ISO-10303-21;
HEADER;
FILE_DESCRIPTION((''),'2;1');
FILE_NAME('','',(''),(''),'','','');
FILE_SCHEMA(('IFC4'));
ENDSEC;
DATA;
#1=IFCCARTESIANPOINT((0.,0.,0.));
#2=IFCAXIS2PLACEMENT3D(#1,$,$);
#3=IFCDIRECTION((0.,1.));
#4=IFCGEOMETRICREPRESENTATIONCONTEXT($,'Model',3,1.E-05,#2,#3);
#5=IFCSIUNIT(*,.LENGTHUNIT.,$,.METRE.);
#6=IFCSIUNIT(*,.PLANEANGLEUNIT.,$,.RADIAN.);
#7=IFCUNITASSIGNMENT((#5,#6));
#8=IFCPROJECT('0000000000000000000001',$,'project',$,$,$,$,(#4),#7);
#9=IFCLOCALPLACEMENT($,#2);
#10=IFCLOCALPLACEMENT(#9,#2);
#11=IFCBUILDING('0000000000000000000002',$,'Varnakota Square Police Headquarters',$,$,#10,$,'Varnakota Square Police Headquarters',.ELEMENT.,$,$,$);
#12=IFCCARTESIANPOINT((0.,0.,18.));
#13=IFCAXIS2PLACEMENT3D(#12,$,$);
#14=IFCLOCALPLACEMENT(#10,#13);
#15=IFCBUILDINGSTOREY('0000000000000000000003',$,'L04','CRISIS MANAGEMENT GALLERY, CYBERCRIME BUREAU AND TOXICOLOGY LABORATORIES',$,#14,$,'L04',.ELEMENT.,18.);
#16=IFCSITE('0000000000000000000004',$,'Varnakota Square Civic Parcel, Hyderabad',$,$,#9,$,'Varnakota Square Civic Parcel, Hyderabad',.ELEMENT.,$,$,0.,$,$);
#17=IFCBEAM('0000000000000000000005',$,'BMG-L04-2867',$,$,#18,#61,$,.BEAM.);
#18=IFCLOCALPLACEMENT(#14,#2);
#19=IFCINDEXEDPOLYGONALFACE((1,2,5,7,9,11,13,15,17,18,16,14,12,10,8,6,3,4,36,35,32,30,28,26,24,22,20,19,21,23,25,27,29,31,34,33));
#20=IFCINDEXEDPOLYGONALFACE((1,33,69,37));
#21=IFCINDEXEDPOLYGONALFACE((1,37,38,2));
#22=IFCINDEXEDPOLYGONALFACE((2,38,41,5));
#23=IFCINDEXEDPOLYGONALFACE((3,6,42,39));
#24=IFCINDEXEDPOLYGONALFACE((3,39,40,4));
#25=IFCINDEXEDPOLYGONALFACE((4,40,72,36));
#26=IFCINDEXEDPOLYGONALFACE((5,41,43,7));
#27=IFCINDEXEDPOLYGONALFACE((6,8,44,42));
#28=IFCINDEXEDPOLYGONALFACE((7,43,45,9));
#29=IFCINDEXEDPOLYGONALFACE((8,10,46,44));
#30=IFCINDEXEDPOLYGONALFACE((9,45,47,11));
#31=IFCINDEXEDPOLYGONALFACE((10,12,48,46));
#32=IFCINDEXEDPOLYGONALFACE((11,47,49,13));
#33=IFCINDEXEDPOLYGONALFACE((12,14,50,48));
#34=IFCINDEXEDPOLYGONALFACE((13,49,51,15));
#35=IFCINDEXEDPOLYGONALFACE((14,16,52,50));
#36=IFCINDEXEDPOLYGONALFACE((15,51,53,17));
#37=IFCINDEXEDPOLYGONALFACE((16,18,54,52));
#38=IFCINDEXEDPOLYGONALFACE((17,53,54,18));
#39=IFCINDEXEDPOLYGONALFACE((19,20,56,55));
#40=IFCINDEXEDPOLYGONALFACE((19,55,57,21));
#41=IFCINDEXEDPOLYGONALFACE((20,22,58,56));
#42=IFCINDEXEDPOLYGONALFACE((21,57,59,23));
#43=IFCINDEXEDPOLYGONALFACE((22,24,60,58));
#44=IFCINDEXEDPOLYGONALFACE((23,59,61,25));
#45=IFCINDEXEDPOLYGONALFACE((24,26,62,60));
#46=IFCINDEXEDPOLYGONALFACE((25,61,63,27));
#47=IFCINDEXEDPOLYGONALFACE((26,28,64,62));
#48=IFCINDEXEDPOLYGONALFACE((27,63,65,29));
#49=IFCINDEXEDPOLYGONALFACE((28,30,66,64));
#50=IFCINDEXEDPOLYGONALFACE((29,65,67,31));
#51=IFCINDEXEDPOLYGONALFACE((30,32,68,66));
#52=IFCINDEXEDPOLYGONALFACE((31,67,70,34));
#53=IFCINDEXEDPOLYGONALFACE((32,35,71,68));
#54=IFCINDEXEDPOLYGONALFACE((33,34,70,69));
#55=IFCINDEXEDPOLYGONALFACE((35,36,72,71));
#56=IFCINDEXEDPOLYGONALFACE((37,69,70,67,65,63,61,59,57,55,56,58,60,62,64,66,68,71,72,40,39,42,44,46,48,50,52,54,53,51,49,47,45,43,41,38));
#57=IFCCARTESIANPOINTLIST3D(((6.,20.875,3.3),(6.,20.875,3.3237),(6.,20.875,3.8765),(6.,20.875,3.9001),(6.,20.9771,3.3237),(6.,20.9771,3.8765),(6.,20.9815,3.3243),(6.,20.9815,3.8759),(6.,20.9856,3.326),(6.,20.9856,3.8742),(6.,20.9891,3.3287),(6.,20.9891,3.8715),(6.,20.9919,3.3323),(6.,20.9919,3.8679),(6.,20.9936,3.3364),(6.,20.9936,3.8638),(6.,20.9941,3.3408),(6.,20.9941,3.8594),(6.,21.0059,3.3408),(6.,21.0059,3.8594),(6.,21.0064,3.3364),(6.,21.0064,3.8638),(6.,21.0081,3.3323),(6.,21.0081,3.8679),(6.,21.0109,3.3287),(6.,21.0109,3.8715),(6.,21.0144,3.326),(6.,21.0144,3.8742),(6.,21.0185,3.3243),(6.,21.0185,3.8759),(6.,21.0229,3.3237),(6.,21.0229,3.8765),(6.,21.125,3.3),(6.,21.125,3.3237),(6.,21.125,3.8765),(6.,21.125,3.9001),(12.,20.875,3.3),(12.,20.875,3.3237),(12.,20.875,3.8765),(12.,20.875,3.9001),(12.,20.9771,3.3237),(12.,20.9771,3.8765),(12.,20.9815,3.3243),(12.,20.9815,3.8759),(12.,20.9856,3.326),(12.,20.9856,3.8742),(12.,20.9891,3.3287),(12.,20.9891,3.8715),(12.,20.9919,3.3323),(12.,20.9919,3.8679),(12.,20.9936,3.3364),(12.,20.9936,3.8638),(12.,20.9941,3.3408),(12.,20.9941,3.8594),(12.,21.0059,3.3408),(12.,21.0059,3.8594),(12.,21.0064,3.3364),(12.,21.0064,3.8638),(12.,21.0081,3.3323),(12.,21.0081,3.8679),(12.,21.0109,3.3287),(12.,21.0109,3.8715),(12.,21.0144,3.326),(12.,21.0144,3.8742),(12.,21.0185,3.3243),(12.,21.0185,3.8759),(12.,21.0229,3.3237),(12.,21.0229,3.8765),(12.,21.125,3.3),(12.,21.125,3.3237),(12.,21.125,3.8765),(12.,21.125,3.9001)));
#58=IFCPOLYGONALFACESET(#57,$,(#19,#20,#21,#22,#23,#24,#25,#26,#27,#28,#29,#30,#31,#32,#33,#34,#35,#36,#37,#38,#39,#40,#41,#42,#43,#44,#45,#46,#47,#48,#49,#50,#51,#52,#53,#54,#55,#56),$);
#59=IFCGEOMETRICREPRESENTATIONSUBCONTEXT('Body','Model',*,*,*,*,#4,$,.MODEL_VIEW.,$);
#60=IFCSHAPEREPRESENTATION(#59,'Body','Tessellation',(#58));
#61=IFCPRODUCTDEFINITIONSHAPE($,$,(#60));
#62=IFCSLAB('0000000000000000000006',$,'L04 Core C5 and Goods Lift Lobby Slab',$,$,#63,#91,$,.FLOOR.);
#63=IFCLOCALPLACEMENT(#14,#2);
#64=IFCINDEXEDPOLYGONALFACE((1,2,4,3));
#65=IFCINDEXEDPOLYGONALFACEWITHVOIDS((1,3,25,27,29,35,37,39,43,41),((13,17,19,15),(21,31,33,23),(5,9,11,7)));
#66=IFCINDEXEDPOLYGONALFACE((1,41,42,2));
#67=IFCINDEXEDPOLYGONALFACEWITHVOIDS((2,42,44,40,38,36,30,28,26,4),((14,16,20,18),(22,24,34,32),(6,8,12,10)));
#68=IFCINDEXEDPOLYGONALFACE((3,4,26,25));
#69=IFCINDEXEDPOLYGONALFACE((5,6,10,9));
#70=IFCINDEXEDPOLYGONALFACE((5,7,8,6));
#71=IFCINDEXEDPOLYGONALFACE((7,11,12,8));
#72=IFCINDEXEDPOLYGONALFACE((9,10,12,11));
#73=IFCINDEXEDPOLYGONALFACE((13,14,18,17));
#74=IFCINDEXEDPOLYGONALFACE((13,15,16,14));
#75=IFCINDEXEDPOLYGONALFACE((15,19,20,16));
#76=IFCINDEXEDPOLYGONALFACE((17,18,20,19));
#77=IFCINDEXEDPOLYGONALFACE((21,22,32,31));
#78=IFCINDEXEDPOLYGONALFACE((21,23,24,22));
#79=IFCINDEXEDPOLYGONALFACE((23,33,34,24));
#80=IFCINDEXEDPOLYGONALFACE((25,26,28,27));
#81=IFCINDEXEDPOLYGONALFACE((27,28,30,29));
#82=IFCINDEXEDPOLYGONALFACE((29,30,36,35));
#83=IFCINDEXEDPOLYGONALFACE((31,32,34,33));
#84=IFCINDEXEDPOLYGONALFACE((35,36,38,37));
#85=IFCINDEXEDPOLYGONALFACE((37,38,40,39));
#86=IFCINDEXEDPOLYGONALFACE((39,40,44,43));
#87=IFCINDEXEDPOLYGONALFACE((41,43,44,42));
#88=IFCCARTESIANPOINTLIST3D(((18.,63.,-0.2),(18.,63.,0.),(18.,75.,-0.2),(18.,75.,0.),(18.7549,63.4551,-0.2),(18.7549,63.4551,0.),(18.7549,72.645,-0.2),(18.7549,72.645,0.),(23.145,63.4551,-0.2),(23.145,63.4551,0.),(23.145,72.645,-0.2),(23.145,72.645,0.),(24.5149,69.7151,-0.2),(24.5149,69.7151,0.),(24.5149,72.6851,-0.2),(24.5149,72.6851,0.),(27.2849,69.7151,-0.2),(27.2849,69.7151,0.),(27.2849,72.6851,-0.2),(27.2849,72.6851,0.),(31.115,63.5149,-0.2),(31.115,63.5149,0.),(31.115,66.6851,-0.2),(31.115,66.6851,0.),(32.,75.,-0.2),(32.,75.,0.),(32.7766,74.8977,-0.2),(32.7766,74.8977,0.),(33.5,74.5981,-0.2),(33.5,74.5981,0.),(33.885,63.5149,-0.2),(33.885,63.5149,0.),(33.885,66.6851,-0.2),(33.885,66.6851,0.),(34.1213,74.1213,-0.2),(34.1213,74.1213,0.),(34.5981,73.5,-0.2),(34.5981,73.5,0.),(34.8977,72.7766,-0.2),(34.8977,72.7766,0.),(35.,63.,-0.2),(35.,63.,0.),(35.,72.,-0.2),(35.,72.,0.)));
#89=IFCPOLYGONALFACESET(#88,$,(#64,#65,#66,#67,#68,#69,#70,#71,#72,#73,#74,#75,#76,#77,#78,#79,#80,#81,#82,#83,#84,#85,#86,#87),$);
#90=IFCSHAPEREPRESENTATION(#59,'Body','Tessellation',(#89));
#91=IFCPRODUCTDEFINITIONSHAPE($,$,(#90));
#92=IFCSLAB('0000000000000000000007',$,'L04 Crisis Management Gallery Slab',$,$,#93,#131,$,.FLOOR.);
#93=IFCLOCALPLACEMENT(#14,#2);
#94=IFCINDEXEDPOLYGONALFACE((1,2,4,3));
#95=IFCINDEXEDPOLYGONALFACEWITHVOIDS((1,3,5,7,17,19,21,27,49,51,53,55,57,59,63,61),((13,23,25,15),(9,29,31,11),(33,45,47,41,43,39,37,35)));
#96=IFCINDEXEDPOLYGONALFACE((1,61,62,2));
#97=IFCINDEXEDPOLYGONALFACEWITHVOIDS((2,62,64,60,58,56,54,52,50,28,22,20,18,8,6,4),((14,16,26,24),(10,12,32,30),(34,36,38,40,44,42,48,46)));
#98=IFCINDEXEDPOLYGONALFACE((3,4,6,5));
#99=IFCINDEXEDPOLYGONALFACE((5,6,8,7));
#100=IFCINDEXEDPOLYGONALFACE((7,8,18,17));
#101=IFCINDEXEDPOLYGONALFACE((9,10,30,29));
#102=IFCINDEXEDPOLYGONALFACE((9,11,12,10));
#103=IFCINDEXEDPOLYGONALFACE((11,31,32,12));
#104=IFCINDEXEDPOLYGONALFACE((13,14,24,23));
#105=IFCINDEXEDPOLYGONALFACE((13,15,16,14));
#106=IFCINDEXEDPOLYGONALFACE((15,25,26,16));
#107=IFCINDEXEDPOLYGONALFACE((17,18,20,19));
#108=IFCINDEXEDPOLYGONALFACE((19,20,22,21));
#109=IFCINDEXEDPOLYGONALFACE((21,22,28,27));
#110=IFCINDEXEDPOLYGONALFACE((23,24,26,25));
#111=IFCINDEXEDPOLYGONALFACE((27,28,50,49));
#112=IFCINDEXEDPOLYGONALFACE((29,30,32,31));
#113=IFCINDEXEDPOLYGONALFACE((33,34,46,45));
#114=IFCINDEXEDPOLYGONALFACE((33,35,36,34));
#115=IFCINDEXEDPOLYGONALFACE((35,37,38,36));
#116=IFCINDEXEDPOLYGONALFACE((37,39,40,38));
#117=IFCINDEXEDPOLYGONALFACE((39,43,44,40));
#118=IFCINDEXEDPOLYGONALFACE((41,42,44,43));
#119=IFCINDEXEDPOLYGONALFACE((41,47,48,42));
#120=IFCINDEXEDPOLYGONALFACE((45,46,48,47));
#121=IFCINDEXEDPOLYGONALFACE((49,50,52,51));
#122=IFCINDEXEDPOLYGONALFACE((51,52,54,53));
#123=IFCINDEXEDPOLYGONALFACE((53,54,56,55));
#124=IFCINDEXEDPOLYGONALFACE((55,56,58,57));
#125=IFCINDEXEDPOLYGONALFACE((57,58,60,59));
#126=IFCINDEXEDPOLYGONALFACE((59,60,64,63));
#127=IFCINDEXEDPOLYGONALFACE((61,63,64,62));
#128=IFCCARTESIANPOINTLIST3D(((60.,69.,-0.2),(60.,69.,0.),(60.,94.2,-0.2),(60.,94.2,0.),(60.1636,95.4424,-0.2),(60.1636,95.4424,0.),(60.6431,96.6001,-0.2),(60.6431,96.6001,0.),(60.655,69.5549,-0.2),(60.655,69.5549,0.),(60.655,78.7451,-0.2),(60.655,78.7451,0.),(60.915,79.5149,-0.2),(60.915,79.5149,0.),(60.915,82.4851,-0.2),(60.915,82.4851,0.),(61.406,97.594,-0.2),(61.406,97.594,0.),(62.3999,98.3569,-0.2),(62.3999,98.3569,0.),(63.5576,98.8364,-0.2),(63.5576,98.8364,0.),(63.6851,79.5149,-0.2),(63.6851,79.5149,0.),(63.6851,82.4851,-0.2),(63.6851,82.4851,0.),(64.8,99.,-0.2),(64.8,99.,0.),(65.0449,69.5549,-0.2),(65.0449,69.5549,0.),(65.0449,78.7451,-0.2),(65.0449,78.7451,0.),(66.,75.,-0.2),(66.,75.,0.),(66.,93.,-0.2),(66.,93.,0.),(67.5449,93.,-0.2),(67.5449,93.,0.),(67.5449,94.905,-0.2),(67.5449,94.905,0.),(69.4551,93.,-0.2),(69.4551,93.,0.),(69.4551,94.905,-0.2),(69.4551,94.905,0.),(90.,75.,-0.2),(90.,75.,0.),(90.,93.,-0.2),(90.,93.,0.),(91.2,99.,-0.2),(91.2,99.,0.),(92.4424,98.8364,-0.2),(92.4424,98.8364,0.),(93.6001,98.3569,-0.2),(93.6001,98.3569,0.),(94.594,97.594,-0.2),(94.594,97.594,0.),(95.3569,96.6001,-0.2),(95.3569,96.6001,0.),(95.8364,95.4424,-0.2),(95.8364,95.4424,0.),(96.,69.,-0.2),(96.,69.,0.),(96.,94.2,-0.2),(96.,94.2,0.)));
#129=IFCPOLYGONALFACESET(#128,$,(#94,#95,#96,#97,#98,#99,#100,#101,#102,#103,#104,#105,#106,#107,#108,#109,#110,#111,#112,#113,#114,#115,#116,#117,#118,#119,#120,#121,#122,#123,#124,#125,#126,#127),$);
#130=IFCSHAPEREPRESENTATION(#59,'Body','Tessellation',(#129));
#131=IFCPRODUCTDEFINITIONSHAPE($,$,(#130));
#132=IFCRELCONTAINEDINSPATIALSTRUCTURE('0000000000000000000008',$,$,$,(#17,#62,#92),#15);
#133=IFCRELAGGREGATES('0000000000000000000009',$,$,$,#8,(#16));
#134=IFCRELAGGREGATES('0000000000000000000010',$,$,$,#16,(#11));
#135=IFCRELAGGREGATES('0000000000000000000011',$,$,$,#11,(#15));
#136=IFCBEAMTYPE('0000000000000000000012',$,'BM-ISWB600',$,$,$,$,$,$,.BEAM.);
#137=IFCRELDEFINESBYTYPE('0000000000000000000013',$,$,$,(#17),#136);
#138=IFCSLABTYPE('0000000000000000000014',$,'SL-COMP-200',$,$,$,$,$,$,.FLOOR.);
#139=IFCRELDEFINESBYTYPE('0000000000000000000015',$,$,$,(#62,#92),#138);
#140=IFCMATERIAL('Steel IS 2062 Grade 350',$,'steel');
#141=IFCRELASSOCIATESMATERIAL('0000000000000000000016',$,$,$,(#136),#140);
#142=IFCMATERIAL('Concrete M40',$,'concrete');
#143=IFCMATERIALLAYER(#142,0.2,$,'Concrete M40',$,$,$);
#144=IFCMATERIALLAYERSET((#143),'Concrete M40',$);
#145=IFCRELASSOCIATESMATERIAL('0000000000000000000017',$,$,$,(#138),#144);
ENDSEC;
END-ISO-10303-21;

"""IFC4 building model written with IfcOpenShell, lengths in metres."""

from ifc_helpers import new_model, si_unit, direction, frame, origin, origin_2d, place, context, subcontext, project, spatial, polyline, i_section, outline, extrude, material, layer, layer_set, material_profile, profile_set, type_object, element, save


model = new_model("IFC4")

# Units and contexts
model_context = context("Model", 3, precision=1e-05, world=origin(), true_north=direction((0.0, 1.0)))
body_context = subcontext(model_context, "Body", "Model", "MODEL_VIEW")
ifc_project = project(units=[si_unit("LENGTHUNIT", "METRE"), si_unit("PLANEANGLEUNIT", "RADIAN")], contexts=[model_context])

# Site, building, storey
site_placement = place(None, origin())
site = spatial("IfcSite", under=ifc_project, at=site_placement, Name="Varnakota Square Civic Parcel, Hyderabad", LongName="Varnakota Square Civic Parcel, Hyderabad", CompositionType="ELEMENT", RefElevation=0.0)
building_placement = place(site_placement, origin())
building = spatial("IfcBuilding", under=site, at=building_placement, Name="Varnakota Square Police Headquarters", LongName="Varnakota Square Police Headquarters", CompositionType="ELEMENT")
storey_placement = place(building_placement, frame((0.0, 0.0, 18.0)))
storey = spatial("IfcBuildingStorey", under=building, at=storey_placement, Name="L04", Description="CRISIS MANAGEMENT GALLERY, CYBERCRIME BUREAU AND TOXICOLOGY LABORATORIES", LongName="L04", CompositionType="ELEMENT", Elevation=18.0)

# Shared definitions
ifc_material_1 = material(Name="Steel IS 2062 Grade 350", Category="steel")

# Beam
ifc_material_profile_1 = material_profile(ifc_material_1, i_section(OverallWidth=0.25, OverallDepth=0.6001, WebThickness=0.0117, FlangeThickness=0.0237, FilletRadius=0.0171, at=origin_2d()), Name="ISWB 600")
ifc_profile_set_1 = profile_set([ifc_material_profile_1], Name="Steel IS 2062 Grade 350")
beam_type_1 = type_object("IfcBeamType", Name="BM-ISWB600", PredefinedType="BEAM", material=ifc_profile_set_1)
beam_1_placement = place(storey_placement, frame((6.0, 21.0, 3.6001), z_axis=(1.0, 0.0, 0.0), x_axis=(0.0, 1.0, 0.0)))
element("IfcBeam", 1, at=beam_1_placement, inside=storey, type_object=beam_type_1, Name="BMG-L04-2867", PredefinedType="BEAM", context=body_context, shape_type="SweptSolid", body=[
    extrude(i_section(OverallWidth=0.25, OverallDepth=0.6001, WebThickness=0.0117, FlangeThickness=0.0237, FilletRadius=0.0171, at=origin_2d()), origin(), (0.0, 0.0, 1.0), 6.0),
])

# Slabs
ifc_material_2 = material(Name="Concrete M40", Category="concrete")
ifc_layer_1 = layer(ifc_material_2, 0.2, Name="Concrete M40")
ifc_layer_set_1 = layer_set([ifc_layer_1], Name="Concrete M40")
slab_type_1 = type_object("IfcSlabType", Name="SL-COMP-200", PredefinedType="FLOOR", material=ifc_layer_set_1)
slab_1_placement = place(storey_placement, frame((0.0, 0.0, -0.2)))
element("IfcSlab", 2, at=slab_1_placement, inside=storey, type_object=slab_type_1, Name="L04 Core C5 and Goods Lift Lobby Slab", PredefinedType="FLOOR", context=body_context, shape_type="SweptSolid", body=[
    extrude(outline(polyline([(18.0, 63.0), (35.0, 63.0), (35.0, 72.0), (34.8977, 72.7766), (34.5981, 73.5), (34.1213, 74.1213), (33.5, 74.5981), (32.7766, 74.8977), (32.0, 75.0), (18.0, 75.0), (18.0, 63.0)]), holes=[polyline([(18.7549, 63.4551), (23.145, 63.4551), (23.145, 72.645), (18.7549, 72.645), (18.7549, 63.4551)]), polyline([(24.5149, 69.7151), (27.2849, 69.7151), (27.2849, 72.6851), (24.5149, 72.6851), (24.5149, 69.7151)]), polyline([(31.115, 63.5149), (33.885, 63.5149), (33.885, 66.6851), (31.115, 66.6851), (31.115, 63.5149)])]), origin(), (0.0, 0.0, 1.0), 0.2),
])
slab_2_placement = place(storey_placement, frame((0.0, 0.0, -0.2)))
element("IfcSlab", 3, at=slab_2_placement, inside=storey, type_object=slab_type_1, Name="L04 Crisis Management Gallery Slab", PredefinedType="FLOOR", context=body_context, shape_type="SweptSolid", body=[
    extrude(outline(polyline([(60.0, 69.0), (96.0, 69.0), (96.0, 94.2), (95.8364, 95.4424), (95.3569, 96.6001), (94.594, 97.594), (93.6001, 98.3569), (92.4424, 98.8364), (91.2, 99.0), (64.8, 99.0), (63.5576, 98.8364), (62.3999, 98.3569), (61.406, 97.594), (60.6431, 96.6001), (60.1636, 95.4424), (60.0, 94.2), (60.0, 69.0)]), holes=[polyline([(66.0, 75.0), (90.0, 75.0), (90.0, 93.0), (69.4551, 93.0), (69.4551, 94.905), (67.5449, 94.905), (67.5449, 93.0), (66.0, 93.0), (66.0, 75.0)]), polyline([(60.655, 69.5549), (65.0449, 69.5549), (65.0449, 78.7451), (60.655, 78.7451), (60.655, 69.5549)]), polyline([(60.915, 79.5149), (63.6851, 79.5149), (63.6851, 82.4851), (60.915, 82.4851), (60.915, 79.5149)])]), origin(), (0.0, 0.0, 1.0), 0.2),
])

save(model, "model.ifc")
